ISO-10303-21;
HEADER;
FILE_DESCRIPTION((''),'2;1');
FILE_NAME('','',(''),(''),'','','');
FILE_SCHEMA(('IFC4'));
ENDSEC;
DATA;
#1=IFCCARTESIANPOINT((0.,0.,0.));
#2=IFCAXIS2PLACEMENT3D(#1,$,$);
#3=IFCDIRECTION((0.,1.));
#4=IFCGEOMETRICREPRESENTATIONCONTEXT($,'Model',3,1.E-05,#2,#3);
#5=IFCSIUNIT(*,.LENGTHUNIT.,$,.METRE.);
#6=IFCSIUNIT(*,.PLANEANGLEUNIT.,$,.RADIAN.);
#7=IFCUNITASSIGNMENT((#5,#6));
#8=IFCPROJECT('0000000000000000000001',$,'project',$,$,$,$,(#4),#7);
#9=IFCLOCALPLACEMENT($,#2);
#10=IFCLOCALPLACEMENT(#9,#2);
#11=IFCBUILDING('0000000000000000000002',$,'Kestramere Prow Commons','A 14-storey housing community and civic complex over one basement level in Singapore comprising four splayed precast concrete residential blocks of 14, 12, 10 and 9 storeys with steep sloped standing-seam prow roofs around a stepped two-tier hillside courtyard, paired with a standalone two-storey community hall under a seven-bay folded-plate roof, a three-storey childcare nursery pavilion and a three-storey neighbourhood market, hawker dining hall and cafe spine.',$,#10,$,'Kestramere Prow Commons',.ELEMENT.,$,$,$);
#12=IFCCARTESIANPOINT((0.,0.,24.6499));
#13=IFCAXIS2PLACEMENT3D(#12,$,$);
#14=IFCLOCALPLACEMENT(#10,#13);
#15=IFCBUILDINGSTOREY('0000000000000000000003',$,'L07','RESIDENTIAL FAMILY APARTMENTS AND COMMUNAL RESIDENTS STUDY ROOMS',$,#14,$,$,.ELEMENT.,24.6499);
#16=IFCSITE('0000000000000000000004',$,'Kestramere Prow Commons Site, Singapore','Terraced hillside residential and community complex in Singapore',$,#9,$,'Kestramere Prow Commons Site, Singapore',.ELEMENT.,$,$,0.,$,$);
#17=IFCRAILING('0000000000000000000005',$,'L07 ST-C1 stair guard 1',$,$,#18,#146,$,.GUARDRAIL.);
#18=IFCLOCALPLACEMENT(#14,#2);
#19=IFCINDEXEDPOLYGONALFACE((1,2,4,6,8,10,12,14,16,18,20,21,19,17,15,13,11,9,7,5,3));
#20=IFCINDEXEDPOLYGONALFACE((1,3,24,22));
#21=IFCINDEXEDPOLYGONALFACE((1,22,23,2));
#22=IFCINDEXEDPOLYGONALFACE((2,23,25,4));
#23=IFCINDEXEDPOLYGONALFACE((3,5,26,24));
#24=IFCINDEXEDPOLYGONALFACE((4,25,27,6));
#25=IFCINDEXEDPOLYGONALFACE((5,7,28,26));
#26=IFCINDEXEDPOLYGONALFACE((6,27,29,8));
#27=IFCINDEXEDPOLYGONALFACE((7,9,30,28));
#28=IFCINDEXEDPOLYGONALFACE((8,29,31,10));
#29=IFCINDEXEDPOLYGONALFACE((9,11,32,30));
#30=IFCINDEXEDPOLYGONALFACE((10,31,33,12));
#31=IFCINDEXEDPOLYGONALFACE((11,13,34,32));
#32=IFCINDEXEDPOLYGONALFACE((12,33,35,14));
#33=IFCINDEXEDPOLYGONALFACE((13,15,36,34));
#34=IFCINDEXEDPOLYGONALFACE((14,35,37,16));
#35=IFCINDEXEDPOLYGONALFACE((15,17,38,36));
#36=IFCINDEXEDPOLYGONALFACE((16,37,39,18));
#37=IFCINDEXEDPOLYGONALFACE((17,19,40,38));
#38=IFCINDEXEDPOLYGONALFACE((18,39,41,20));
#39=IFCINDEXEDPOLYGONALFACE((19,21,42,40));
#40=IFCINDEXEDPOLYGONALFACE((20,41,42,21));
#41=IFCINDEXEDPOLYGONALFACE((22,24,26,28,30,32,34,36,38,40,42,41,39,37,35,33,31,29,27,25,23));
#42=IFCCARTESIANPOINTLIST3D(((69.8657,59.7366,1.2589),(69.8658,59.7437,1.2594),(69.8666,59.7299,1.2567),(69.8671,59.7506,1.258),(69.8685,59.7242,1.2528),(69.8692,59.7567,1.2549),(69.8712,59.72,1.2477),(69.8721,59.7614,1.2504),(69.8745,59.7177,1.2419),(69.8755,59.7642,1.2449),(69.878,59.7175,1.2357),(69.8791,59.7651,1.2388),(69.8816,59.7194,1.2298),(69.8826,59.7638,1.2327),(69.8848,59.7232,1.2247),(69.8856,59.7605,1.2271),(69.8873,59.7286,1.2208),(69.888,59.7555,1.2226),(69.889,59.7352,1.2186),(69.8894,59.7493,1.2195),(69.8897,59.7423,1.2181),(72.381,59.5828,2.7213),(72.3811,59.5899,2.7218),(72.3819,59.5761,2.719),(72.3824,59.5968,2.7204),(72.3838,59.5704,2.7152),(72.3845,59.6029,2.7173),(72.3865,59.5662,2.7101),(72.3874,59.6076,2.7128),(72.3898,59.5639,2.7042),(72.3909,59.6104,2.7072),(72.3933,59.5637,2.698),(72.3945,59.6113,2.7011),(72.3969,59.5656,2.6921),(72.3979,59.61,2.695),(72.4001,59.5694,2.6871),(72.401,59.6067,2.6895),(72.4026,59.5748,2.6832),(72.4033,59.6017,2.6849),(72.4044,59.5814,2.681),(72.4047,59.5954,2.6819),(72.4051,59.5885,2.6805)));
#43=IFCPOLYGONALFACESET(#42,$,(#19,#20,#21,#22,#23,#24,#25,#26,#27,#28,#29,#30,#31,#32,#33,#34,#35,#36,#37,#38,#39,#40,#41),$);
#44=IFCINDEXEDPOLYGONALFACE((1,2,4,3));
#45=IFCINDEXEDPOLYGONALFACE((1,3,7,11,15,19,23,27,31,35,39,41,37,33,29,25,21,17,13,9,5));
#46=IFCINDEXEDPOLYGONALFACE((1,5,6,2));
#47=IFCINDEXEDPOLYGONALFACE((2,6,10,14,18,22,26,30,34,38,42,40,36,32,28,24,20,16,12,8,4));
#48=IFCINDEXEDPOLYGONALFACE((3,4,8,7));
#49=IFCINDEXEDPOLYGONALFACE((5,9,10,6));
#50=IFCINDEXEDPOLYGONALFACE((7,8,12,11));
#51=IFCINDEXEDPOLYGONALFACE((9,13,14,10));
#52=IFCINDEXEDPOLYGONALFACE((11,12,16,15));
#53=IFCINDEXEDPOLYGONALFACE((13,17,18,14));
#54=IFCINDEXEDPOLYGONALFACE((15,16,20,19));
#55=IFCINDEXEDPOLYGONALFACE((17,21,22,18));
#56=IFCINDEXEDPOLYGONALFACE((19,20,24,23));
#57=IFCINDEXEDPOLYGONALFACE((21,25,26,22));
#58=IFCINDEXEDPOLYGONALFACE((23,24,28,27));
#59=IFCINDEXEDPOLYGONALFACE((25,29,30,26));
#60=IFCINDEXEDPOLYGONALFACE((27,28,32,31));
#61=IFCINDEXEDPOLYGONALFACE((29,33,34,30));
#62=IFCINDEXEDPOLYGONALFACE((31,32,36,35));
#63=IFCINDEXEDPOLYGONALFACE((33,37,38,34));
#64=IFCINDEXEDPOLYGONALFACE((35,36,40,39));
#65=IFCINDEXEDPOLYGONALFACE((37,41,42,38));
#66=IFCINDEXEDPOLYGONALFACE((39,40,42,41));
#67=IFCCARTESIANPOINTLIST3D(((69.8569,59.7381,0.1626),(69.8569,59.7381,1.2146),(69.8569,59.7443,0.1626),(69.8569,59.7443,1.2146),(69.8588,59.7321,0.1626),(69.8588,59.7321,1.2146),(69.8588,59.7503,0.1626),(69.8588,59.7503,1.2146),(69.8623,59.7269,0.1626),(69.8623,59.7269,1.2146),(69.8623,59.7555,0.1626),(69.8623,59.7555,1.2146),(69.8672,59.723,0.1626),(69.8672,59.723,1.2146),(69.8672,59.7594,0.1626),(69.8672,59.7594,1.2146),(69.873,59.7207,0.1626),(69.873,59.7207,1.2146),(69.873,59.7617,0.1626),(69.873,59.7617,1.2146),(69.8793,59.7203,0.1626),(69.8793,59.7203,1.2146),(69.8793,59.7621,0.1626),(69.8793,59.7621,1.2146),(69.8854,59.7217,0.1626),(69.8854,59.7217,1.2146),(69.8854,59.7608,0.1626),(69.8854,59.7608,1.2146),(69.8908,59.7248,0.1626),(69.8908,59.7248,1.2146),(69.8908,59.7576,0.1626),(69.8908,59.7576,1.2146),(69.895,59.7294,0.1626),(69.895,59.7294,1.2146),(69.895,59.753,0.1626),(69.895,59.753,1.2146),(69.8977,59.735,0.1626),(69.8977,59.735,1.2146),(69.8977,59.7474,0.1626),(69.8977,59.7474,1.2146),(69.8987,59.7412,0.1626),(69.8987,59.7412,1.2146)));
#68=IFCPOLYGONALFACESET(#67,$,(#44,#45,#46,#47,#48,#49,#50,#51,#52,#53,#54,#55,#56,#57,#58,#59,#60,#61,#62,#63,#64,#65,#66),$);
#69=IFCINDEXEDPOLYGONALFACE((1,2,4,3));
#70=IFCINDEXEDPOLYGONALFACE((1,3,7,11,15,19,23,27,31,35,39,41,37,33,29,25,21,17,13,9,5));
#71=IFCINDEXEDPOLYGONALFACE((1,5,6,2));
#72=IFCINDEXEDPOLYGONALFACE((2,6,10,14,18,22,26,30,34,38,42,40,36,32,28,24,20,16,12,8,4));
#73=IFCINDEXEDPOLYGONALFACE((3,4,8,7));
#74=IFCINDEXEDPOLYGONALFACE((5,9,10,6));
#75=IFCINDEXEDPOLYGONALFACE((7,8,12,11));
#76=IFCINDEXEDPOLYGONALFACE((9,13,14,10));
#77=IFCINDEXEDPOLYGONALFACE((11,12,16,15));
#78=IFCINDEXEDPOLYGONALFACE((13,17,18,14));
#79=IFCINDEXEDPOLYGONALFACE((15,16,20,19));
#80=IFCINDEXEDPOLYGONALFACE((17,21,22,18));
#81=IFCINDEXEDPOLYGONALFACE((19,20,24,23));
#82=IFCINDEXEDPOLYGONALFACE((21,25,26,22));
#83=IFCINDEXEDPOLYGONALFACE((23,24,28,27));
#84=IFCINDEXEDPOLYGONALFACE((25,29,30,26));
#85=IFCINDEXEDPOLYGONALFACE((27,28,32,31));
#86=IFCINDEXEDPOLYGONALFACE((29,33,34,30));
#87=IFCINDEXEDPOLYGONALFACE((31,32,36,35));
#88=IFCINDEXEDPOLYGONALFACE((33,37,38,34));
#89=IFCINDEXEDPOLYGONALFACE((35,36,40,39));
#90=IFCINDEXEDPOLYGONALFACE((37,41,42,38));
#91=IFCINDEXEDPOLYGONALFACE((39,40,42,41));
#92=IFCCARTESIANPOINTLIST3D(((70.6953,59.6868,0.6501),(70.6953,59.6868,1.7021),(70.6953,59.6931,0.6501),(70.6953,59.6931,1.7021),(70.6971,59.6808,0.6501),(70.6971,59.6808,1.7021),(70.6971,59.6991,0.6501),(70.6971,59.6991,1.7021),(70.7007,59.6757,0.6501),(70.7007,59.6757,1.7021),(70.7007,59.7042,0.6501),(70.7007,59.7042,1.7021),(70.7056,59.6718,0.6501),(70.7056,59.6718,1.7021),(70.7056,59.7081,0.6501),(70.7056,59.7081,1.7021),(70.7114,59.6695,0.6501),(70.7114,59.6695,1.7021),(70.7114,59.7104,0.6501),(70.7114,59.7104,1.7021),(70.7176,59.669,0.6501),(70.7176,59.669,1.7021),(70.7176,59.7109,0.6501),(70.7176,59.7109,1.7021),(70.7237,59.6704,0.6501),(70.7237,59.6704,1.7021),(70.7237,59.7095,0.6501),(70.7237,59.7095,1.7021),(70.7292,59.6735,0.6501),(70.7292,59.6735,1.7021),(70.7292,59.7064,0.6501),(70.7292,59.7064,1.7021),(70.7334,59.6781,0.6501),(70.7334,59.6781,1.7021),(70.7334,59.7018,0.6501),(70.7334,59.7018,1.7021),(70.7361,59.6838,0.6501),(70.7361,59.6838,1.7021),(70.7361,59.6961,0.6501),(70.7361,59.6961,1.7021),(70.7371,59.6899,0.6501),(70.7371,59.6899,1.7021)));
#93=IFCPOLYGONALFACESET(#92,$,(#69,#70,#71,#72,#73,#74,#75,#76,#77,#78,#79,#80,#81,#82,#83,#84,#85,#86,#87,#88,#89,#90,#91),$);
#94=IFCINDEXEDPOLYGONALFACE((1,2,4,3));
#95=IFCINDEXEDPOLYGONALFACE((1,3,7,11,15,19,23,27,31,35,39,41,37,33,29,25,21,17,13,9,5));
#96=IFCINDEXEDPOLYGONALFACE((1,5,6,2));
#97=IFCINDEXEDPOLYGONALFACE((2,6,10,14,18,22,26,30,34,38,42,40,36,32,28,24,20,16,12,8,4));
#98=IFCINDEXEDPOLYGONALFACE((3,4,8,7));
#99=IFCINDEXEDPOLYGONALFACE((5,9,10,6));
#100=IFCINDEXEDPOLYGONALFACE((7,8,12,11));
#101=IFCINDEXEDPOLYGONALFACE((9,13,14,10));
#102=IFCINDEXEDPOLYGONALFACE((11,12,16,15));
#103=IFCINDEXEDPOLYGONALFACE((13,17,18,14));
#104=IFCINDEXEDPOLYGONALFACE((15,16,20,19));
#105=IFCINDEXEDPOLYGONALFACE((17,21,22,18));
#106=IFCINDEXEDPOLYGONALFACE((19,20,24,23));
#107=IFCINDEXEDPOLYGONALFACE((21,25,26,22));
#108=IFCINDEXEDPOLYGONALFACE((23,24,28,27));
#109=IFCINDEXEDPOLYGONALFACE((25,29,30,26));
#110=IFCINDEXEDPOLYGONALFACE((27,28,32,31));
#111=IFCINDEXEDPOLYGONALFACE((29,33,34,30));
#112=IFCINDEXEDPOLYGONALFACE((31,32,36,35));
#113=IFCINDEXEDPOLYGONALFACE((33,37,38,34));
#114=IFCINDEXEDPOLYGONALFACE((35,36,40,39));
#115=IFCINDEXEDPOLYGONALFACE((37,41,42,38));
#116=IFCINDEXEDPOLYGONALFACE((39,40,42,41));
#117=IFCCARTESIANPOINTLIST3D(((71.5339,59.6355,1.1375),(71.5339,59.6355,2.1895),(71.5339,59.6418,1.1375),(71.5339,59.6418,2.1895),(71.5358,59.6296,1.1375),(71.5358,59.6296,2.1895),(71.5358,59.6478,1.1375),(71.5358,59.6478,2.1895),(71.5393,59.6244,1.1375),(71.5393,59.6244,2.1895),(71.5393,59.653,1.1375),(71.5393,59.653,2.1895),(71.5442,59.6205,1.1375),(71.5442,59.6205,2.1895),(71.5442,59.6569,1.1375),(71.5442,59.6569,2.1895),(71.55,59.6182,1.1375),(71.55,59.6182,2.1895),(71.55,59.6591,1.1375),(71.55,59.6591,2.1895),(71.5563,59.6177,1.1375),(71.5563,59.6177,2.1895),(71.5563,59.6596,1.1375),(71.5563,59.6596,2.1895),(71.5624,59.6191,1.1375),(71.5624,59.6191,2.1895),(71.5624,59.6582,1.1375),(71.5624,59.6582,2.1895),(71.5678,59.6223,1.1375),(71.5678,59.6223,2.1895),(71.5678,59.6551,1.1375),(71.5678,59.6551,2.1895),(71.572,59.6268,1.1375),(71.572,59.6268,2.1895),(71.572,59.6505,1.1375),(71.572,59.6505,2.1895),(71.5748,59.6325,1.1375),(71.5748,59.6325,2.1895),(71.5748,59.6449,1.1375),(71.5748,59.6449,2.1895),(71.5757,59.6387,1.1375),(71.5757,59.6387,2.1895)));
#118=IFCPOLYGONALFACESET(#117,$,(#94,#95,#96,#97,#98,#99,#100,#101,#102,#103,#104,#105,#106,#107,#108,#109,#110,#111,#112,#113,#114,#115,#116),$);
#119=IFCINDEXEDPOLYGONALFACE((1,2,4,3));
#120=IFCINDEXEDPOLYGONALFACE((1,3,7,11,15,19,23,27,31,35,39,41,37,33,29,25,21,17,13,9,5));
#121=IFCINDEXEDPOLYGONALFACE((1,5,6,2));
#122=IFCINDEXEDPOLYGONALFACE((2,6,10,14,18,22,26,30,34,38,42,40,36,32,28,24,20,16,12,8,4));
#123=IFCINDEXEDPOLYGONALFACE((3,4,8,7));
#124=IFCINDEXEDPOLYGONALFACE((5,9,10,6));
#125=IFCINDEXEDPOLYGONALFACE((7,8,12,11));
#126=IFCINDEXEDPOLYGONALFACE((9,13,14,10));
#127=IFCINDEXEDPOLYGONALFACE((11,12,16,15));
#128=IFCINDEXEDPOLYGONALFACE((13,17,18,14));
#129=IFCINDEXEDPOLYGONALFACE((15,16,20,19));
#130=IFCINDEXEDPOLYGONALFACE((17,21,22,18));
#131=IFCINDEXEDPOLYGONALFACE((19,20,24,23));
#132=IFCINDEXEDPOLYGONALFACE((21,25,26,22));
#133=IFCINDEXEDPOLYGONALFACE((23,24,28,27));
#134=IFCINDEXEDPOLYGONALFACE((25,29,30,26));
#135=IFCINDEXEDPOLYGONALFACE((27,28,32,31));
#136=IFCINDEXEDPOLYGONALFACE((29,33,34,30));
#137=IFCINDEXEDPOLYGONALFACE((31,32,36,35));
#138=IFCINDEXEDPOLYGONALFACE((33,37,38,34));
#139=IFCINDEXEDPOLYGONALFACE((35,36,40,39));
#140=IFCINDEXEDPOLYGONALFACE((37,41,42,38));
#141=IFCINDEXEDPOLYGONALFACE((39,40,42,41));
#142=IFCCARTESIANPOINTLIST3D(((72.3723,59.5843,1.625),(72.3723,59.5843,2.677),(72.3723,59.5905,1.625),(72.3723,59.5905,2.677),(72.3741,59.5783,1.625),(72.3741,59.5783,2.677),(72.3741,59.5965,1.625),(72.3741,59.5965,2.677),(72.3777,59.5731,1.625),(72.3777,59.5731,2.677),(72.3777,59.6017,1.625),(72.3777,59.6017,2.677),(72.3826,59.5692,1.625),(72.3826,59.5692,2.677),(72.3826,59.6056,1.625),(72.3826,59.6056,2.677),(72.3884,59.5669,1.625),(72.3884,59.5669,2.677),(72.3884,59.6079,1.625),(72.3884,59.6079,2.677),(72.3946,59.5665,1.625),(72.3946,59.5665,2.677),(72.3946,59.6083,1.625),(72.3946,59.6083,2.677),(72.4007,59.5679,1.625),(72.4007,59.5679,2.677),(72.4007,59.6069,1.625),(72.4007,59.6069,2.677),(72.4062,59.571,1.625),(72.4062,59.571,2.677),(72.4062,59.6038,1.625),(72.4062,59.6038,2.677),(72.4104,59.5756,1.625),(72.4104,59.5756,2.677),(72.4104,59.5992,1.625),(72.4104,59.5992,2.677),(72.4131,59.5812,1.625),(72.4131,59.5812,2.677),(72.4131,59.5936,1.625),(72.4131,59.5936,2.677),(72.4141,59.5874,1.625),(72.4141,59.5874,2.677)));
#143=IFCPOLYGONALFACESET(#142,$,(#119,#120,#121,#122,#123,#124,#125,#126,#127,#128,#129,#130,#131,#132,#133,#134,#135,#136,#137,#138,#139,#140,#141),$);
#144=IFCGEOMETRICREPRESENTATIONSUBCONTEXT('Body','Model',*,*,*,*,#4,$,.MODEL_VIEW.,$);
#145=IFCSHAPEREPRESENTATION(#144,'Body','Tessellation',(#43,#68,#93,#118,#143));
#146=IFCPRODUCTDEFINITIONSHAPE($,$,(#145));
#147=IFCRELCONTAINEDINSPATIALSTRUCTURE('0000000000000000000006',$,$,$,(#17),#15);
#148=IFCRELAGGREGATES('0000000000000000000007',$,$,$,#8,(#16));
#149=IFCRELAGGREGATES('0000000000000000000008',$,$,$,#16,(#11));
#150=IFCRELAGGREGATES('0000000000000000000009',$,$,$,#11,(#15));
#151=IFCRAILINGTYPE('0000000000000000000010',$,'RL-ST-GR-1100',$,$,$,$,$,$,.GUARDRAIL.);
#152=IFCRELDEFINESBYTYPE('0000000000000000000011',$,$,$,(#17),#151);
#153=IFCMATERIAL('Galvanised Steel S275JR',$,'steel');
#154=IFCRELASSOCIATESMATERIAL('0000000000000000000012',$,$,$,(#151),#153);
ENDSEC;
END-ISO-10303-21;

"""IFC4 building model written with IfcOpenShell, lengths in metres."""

from ifc_helpers import new_model, si_unit, direction, frame, origin, origin_2d, place, context, subcontext, project, spatial, circle, extrude, material, type_object, element, save


model = new_model("IFC4")

# Units and contexts
model_context = context("Model", 3, precision=1e-05, world=origin(), true_north=direction((0.0, 1.0)))
body_context = subcontext(model_context, "Body", "Model", "MODEL_VIEW")
ifc_project = project(units=[si_unit("LENGTHUNIT", "METRE"), si_unit("PLANEANGLEUNIT", "RADIAN")], contexts=[model_context])

# Site, building, storey
site_placement = place(None, origin())
site = spatial("IfcSite", under=ifc_project, at=site_placement, Name="Kestramere Prow Commons Site, Singapore", Description="Terraced hillside residential and community complex in Singapore", LongName="Kestramere Prow Commons Site, Singapore", CompositionType="ELEMENT", RefElevation=0.0)
building_placement = place(site_placement, origin())
building = spatial("IfcBuilding", under=site, at=building_placement, Name="Kestramere Prow Commons", Description="A 14-storey housing community and civic complex over one basement level in Singapore comprising four splayed precast concrete residential blocks of 14, 12, 10 and 9 storeys with steep sloped standing-seam prow roofs around a stepped two-tier hillside courtyard, paired with a standalone two-storey community hall under a seven-bay folded-plate roof, a three-storey childcare nursery pavilion and a three-storey neighbourhood market, hawker dining hall and cafe spine.", LongName="Kestramere Prow Commons", CompositionType="ELEMENT")
storey_placement = place(building_placement, frame((0.0, 0.0, 24.6499)))
storey = spatial("IfcBuildingStorey", under=building, at=storey_placement, Name="L07", Description="RESIDENTIAL FAMILY APARTMENTS AND COMMUNAL RESIDENTS STUDY ROOMS", CompositionType="ELEMENT", Elevation=24.6499)

# Railing
ifc_material_1 = material(Name="Galvanised Steel S275JR", Category="steel")
railing_type_1 = type_object("IfcRailingType", Name="RL-ST-GR-1100", PredefinedType="GUARDRAIL", material=ifc_material_1)
railing_1_placement = place(storey_placement, frame((69.8777, 59.7412, 0.1626)))
element("IfcRailing", 1, at=railing_1_placement, inside=storey, type_object=railing_type_1, Name="L07 ST-C1 stair guard 1", PredefinedType="GUARDRAIL", context=body_context, shape_type="SweptSolid", body=[
    extrude(circle(Radius=0.0239, at=origin_2d()), frame((0.0, 0.0, 1.0762), z_axis=(0.863306, -0.052789, 0.501912), x_axis=(0.061033, 0.998136, 0.0)), (0.0, 0.0, 1.0), 2.9136),
    extrude(circle(Radius=0.021, at=origin_2d()), origin(), (0.0, 0.0, 1.0), 1.052),
    extrude(circle(Radius=0.021, at=origin_2d()), frame((0.8384, -0.0513, 0.4875)), (0.0, 0.0, 1.0), 1.052),
    extrude(circle(Radius=0.021, at=origin_2d()), frame((1.677, -0.1025, 0.9749)), (0.0, 0.0, 1.0), 1.052),
    extrude(circle(Radius=0.021, at=origin_2d()), frame((2.5154, -0.1538, 1.4624)), (0.0, 0.0, 1.0), 1.052),
])

save(model, "model.ifc")
